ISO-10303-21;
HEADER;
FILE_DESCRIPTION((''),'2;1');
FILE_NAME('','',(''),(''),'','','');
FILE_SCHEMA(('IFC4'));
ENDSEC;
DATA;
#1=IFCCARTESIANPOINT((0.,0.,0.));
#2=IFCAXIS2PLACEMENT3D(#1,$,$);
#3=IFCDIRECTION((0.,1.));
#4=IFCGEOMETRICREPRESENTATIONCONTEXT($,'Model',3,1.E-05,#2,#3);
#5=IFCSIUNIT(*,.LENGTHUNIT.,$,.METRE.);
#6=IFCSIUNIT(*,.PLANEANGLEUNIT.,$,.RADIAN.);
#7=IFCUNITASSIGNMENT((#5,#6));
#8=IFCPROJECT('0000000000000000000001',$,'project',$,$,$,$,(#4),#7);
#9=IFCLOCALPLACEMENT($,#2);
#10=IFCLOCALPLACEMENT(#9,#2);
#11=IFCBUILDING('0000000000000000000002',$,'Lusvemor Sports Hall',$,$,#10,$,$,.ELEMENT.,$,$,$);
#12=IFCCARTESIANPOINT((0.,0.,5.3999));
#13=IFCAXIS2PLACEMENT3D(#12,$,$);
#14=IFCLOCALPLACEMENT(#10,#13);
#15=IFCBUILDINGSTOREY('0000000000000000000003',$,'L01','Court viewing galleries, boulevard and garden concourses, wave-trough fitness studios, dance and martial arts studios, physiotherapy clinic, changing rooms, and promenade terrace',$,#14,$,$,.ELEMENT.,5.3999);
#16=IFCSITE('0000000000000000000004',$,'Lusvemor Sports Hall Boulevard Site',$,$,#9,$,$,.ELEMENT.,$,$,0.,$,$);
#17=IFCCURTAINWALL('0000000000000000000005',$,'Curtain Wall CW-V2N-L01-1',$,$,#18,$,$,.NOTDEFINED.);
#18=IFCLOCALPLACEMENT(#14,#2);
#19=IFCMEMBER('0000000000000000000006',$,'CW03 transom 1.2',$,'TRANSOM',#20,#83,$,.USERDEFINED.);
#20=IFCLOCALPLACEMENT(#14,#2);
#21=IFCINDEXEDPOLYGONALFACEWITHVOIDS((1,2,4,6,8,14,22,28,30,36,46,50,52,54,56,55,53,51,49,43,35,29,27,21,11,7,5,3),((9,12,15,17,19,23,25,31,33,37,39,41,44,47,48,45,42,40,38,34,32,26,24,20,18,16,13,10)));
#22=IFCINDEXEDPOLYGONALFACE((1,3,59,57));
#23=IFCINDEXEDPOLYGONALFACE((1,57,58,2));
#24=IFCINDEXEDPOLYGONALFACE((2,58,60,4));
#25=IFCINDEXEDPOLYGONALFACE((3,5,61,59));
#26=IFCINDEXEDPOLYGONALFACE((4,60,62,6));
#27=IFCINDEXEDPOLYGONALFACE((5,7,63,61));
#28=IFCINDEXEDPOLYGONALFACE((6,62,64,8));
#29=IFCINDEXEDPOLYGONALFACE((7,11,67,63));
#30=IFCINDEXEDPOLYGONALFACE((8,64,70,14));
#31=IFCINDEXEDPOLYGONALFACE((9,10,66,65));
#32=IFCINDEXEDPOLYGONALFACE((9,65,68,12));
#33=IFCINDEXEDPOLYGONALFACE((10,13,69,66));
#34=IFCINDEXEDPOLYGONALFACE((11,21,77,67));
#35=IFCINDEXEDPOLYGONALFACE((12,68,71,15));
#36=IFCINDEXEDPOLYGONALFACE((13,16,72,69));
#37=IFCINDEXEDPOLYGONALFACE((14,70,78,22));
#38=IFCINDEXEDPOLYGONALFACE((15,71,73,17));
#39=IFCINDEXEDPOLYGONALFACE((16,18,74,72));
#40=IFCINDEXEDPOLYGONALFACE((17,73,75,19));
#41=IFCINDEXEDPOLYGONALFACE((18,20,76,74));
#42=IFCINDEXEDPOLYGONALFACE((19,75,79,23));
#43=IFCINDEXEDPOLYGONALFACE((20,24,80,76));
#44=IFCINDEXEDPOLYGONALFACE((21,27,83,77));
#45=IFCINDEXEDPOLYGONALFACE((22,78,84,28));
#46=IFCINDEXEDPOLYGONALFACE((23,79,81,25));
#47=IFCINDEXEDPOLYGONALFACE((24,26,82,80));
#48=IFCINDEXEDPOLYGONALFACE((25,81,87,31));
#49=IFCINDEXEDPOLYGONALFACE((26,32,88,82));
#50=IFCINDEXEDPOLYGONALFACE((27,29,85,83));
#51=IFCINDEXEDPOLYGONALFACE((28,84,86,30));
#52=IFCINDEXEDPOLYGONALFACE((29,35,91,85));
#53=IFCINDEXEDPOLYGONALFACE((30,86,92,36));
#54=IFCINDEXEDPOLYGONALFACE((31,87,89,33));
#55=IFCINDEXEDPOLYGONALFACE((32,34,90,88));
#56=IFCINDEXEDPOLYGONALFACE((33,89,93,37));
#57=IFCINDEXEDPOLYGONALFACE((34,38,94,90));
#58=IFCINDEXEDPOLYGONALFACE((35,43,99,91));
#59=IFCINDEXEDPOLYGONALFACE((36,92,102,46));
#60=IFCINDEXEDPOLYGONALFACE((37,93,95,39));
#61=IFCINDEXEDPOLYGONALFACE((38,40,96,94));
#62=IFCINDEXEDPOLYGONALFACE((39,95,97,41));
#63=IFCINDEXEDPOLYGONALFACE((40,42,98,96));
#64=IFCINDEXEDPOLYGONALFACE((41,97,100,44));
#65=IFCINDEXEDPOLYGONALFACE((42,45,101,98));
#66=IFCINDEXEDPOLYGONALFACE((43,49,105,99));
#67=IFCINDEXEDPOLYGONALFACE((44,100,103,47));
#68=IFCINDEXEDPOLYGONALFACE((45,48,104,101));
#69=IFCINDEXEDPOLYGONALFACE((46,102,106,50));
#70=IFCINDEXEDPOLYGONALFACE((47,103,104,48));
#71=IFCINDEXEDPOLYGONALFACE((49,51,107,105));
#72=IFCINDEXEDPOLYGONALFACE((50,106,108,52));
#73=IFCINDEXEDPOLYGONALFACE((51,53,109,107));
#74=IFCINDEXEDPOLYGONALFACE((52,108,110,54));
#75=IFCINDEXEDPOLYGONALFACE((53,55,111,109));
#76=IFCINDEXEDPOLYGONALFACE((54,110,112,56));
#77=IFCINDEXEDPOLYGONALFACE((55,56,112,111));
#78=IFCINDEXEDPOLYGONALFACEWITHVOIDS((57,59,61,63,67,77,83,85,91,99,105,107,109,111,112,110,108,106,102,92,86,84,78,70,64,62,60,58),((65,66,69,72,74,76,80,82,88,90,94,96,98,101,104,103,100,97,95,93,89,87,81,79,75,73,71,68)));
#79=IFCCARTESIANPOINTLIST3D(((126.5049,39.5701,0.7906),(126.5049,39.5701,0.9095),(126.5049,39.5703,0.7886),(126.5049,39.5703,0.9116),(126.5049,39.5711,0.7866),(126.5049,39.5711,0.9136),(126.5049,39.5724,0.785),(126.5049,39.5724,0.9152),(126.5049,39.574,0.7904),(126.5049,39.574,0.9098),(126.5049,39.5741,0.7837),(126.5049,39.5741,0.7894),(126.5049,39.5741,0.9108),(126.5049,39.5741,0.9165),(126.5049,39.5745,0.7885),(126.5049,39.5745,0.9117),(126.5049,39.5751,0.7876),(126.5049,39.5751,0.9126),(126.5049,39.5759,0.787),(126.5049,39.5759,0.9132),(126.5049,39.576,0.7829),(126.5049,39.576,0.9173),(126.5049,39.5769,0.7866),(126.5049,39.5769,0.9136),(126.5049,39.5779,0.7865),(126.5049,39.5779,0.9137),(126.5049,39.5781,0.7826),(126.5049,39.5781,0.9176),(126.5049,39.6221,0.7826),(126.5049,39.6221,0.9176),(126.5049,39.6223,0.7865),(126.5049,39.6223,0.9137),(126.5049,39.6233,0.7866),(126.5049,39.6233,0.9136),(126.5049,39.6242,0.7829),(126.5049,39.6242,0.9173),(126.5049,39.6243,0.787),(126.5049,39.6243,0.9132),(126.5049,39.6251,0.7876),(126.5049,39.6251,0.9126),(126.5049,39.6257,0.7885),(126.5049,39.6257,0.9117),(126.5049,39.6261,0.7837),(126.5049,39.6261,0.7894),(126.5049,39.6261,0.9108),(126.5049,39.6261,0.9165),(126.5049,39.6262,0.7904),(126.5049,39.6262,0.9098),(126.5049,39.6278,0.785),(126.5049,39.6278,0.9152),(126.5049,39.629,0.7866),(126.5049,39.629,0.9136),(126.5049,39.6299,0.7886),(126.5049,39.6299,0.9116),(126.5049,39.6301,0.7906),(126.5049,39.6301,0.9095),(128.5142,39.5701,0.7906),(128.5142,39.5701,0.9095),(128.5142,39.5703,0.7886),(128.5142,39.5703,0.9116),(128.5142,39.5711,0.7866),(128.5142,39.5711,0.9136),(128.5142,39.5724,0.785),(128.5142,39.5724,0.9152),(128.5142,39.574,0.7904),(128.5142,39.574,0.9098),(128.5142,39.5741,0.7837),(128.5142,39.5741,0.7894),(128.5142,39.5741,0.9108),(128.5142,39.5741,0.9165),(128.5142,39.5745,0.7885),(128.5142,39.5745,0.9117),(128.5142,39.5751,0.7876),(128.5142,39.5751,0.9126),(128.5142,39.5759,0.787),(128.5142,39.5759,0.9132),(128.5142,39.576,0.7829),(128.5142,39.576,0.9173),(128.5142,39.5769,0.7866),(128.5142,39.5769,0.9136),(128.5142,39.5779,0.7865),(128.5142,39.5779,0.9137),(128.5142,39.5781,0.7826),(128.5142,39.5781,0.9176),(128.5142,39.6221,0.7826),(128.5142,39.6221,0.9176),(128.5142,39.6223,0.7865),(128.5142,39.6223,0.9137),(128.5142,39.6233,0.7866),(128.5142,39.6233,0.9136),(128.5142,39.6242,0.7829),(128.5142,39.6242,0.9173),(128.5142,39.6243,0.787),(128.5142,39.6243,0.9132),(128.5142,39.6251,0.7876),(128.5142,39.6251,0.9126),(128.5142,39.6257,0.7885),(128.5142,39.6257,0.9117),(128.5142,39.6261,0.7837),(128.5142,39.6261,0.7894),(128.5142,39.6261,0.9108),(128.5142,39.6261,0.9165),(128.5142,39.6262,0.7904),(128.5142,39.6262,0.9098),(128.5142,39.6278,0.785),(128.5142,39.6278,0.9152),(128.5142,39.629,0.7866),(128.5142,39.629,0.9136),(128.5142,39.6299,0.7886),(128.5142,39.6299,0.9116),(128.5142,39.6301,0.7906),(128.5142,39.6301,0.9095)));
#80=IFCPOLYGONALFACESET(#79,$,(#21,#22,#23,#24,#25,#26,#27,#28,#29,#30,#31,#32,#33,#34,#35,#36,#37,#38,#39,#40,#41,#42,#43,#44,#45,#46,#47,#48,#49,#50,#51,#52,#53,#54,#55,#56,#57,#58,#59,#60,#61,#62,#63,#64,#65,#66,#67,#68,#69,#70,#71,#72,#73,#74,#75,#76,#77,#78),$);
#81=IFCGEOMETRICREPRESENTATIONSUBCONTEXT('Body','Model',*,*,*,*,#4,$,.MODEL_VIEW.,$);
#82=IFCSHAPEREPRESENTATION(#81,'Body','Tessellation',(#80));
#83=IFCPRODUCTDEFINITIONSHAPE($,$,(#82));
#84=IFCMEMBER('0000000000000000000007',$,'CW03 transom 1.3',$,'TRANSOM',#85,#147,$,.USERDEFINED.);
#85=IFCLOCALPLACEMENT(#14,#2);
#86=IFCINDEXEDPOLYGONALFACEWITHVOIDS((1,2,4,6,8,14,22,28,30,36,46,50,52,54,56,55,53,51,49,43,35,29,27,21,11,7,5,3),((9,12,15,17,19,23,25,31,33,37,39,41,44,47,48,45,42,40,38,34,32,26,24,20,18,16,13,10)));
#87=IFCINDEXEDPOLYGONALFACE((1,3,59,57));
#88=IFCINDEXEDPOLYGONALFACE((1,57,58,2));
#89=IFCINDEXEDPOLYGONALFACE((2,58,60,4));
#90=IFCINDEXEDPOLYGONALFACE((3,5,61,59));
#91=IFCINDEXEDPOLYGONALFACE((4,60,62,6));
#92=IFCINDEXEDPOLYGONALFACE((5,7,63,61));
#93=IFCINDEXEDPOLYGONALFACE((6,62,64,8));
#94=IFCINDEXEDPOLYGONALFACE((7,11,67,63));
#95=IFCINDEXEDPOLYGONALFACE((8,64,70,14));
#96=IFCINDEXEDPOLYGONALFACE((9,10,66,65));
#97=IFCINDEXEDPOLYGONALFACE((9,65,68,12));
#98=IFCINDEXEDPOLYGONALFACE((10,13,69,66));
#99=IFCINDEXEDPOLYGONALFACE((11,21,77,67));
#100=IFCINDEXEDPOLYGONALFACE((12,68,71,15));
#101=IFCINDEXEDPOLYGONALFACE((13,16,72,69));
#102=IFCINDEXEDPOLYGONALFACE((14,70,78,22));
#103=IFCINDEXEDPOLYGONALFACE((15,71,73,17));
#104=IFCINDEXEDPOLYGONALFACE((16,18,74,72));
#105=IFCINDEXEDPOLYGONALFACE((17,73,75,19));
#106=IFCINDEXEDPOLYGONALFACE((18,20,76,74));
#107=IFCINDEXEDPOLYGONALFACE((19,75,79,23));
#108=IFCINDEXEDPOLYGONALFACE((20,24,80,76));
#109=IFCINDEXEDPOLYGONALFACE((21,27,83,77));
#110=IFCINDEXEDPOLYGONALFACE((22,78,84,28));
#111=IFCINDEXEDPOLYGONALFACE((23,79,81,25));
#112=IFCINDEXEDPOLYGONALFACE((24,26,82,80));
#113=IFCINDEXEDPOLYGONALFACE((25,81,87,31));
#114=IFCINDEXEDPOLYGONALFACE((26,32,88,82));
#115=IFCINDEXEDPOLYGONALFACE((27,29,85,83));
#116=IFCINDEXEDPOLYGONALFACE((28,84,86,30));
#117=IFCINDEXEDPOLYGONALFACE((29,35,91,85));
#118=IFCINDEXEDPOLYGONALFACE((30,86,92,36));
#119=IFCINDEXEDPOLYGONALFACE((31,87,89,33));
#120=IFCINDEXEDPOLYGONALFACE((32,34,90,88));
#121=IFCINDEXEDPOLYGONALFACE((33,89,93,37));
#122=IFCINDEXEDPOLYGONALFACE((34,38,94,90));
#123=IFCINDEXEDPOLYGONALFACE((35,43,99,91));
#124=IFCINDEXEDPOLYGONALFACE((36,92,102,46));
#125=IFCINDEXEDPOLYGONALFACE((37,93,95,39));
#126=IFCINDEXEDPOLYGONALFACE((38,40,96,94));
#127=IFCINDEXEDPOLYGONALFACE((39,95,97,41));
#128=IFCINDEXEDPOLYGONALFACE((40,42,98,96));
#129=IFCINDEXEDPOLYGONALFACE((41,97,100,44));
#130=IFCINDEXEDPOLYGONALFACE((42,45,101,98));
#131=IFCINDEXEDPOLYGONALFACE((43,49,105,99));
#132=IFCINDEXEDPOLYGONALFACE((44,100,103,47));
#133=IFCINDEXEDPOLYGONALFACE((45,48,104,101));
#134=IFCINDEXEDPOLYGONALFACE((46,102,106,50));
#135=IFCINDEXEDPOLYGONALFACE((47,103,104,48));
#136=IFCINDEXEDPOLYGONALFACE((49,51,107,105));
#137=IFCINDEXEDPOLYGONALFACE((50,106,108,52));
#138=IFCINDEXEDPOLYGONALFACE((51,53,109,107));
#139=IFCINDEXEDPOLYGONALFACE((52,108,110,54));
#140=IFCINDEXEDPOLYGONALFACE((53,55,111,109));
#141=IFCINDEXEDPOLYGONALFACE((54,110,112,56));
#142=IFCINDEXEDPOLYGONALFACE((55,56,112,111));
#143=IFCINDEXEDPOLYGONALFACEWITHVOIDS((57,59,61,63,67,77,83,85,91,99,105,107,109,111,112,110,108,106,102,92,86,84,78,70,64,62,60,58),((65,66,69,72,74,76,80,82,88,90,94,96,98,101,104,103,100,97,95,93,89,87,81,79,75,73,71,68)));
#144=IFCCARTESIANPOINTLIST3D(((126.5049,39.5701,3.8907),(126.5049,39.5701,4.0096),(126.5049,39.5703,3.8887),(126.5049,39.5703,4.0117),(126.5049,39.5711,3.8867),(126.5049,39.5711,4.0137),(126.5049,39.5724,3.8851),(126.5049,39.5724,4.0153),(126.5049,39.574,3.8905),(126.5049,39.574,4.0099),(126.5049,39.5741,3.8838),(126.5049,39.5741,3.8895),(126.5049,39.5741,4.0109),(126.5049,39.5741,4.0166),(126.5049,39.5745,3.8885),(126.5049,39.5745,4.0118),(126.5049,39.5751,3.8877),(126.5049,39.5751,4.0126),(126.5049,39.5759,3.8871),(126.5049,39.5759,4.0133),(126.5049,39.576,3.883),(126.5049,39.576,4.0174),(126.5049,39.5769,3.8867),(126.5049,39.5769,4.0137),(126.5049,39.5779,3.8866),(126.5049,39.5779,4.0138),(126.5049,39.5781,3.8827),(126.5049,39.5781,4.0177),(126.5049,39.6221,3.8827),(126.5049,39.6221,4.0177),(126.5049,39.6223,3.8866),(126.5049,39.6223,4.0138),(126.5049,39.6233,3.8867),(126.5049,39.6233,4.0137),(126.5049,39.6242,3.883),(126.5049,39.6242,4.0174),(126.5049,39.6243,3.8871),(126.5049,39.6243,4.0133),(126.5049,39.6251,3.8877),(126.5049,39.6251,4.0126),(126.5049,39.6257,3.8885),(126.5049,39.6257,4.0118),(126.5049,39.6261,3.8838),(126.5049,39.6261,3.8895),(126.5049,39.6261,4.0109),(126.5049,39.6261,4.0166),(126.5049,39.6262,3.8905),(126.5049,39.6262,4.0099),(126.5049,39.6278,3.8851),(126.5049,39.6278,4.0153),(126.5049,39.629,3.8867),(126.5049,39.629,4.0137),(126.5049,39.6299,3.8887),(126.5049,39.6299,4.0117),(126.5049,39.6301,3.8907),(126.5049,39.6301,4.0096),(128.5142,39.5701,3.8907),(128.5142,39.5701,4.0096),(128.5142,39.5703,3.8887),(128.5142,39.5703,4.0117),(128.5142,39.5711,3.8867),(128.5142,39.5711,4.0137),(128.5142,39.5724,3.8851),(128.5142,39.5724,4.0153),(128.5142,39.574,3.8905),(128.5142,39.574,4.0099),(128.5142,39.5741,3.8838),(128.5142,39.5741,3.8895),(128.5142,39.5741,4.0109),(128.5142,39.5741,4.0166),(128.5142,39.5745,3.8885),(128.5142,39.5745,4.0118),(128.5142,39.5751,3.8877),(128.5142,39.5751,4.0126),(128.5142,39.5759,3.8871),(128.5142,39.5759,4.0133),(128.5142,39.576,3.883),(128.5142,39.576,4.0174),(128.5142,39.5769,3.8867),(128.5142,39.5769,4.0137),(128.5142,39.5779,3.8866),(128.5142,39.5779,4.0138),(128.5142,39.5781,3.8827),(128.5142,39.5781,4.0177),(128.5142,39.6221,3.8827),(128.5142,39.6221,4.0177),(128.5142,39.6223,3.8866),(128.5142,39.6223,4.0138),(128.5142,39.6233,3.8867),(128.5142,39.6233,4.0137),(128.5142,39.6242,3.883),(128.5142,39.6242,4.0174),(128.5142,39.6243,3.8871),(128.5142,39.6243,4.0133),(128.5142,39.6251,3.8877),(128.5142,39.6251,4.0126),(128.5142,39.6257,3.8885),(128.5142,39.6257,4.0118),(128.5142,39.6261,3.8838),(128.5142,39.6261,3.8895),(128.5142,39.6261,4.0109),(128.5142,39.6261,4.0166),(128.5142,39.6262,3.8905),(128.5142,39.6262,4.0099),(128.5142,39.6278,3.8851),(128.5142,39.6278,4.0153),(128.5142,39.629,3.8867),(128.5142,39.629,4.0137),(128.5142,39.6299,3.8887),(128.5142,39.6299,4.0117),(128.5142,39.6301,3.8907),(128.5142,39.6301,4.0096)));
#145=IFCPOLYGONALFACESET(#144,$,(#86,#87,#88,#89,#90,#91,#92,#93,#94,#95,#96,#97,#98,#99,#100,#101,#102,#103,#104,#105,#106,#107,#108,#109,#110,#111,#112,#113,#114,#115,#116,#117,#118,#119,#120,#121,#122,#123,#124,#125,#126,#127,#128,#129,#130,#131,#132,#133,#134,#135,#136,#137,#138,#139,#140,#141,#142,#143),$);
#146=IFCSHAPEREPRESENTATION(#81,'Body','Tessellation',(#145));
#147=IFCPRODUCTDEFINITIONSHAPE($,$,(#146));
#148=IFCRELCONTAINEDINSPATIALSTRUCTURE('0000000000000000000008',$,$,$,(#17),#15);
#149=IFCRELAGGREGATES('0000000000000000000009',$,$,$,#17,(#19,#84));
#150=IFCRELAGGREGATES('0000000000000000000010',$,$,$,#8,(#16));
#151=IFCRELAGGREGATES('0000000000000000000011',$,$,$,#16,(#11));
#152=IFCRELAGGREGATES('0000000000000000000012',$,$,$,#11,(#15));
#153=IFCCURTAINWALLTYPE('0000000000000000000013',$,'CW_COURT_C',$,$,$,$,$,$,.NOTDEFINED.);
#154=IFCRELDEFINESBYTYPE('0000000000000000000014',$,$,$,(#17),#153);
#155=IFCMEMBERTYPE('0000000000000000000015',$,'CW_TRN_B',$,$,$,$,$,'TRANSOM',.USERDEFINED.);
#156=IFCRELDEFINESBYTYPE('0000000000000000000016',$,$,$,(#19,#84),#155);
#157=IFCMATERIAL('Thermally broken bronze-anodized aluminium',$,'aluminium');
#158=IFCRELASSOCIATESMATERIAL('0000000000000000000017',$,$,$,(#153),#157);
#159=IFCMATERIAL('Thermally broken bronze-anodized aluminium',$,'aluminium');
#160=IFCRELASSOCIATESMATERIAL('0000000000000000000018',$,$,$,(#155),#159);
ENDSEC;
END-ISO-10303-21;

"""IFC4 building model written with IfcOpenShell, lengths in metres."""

from ifc_helpers import new_model, si_unit, direction, frame, origin, origin_2d, place, context, subcontext, project, spatial, hollow_rectangle, extrude, material, material_profile, profile_set, type_object, element, aggregate, save


model = new_model("IFC4")

# Units and contexts
model_context = context("Model", 3, precision=1e-05, world=origin(), true_north=direction((0.0, 1.0)))
body_context = subcontext(model_context, "Body", "Model", "MODEL_VIEW")
ifc_project = project(units=[si_unit("LENGTHUNIT", "METRE"), si_unit("PLANEANGLEUNIT", "RADIAN")], contexts=[model_context])

# Site, building, storey
site_placement = place(None, origin())
site = spatial("IfcSite", under=ifc_project, at=site_placement, Name="Lusvemor Sports Hall Boulevard Site", CompositionType="ELEMENT", RefElevation=0.0)
building_placement = place(site_placement, origin())
building = spatial("IfcBuilding", under=site, at=building_placement, Name="Lusvemor Sports Hall", CompositionType="ELEMENT")
storey_placement = place(building_placement, frame((0.0, 0.0, 5.3999)))
storey = spatial("IfcBuildingStorey", under=building, at=storey_placement, Name="L01", Description="Court viewing galleries, boulevard and garden concourses, wave-trough fitness studios, dance and martial arts studios, physiotherapy clinic, changing rooms, and promenade terrace", CompositionType="ELEMENT", Elevation=5.3999)

# Curtain wall
ifc_material_1 = material(Name="Thermally broken bronze-anodized aluminium", Category="aluminium")
curtain_wall_type = type_object("IfcCurtainWallType", Name="CW_COURT_C", PredefinedType="NOTDEFINED", material=ifc_material_1)
curtain_wall_1_placement = place(storey_placement, origin())
curtain_wall_1 = element("IfcCurtainWall", 1, at=curtain_wall_1_placement, inside=storey, type_object=curtain_wall_type, Name="Curtain Wall CW-V2N-L01-1", PredefinedType="NOTDEFINED")

# Members
ifc_material_2 = material(Name="Thermally broken bronze-anodized aluminium", Category="aluminium")
ifc_material_profile_1 = material_profile(ifc_material_2, hollow_rectangle(XDim=0.0601, YDim=0.135, WallThickness=0.0039, InnerFilletRadius=0.0039, OuterFilletRadius=0.0081, at=origin_2d()), Name="CWTRN135x60x4")
ifc_profile_set_1 = profile_set([ifc_material_profile_1], Name="Thermally broken bronze-anodized aluminium")
member_type_1 = type_object("IfcMemberType", Name="CW_TRN_B", ElementType="TRANSOM", PredefinedType="USERDEFINED", material=ifc_profile_set_1)
member_1_placement = place(storey_placement, frame((126.5049, 39.6001, 0.8501), z_axis=(1.0, 0.0, 0.0), x_axis=(0.0, 1.0, 0.0)))
member_1 = element("IfcMember", 2, at=member_1_placement, type_object=member_type_1, Name="CW03 transom 1.2", ObjectType="TRANSOM", PredefinedType="USERDEFINED", context=body_context, shape_type="SweptSolid", body=[
    extrude(hollow_rectangle(XDim=0.0601, YDim=0.135, WallThickness=0.0039, InnerFilletRadius=0.0039, OuterFilletRadius=0.0081, at=origin_2d()), origin(), (0.0, 0.0, 1.0), 2.0093),
])
member_2_placement = place(storey_placement, frame((126.5049, 39.6001, 3.9502), z_axis=(1.0, 0.0, 0.0), x_axis=(0.0, 1.0, 0.0)))
member_2 = element("IfcMember", 3, at=member_2_placement, type_object=member_type_1, Name="CW03 transom 1.3", ObjectType="TRANSOM", PredefinedType="USERDEFINED", context=body_context, shape_type="SweptSolid", body=[
    extrude(hollow_rectangle(XDim=0.0601, YDim=0.135, WallThickness=0.0039, InnerFilletRadius=0.0039, OuterFilletRadius=0.0081, at=origin_2d()), origin(), (0.0, 0.0, 1.0), 2.0093),
])

aggregate(curtain_wall_1, [member_1, member_2])

save(model, "model.ifc")
